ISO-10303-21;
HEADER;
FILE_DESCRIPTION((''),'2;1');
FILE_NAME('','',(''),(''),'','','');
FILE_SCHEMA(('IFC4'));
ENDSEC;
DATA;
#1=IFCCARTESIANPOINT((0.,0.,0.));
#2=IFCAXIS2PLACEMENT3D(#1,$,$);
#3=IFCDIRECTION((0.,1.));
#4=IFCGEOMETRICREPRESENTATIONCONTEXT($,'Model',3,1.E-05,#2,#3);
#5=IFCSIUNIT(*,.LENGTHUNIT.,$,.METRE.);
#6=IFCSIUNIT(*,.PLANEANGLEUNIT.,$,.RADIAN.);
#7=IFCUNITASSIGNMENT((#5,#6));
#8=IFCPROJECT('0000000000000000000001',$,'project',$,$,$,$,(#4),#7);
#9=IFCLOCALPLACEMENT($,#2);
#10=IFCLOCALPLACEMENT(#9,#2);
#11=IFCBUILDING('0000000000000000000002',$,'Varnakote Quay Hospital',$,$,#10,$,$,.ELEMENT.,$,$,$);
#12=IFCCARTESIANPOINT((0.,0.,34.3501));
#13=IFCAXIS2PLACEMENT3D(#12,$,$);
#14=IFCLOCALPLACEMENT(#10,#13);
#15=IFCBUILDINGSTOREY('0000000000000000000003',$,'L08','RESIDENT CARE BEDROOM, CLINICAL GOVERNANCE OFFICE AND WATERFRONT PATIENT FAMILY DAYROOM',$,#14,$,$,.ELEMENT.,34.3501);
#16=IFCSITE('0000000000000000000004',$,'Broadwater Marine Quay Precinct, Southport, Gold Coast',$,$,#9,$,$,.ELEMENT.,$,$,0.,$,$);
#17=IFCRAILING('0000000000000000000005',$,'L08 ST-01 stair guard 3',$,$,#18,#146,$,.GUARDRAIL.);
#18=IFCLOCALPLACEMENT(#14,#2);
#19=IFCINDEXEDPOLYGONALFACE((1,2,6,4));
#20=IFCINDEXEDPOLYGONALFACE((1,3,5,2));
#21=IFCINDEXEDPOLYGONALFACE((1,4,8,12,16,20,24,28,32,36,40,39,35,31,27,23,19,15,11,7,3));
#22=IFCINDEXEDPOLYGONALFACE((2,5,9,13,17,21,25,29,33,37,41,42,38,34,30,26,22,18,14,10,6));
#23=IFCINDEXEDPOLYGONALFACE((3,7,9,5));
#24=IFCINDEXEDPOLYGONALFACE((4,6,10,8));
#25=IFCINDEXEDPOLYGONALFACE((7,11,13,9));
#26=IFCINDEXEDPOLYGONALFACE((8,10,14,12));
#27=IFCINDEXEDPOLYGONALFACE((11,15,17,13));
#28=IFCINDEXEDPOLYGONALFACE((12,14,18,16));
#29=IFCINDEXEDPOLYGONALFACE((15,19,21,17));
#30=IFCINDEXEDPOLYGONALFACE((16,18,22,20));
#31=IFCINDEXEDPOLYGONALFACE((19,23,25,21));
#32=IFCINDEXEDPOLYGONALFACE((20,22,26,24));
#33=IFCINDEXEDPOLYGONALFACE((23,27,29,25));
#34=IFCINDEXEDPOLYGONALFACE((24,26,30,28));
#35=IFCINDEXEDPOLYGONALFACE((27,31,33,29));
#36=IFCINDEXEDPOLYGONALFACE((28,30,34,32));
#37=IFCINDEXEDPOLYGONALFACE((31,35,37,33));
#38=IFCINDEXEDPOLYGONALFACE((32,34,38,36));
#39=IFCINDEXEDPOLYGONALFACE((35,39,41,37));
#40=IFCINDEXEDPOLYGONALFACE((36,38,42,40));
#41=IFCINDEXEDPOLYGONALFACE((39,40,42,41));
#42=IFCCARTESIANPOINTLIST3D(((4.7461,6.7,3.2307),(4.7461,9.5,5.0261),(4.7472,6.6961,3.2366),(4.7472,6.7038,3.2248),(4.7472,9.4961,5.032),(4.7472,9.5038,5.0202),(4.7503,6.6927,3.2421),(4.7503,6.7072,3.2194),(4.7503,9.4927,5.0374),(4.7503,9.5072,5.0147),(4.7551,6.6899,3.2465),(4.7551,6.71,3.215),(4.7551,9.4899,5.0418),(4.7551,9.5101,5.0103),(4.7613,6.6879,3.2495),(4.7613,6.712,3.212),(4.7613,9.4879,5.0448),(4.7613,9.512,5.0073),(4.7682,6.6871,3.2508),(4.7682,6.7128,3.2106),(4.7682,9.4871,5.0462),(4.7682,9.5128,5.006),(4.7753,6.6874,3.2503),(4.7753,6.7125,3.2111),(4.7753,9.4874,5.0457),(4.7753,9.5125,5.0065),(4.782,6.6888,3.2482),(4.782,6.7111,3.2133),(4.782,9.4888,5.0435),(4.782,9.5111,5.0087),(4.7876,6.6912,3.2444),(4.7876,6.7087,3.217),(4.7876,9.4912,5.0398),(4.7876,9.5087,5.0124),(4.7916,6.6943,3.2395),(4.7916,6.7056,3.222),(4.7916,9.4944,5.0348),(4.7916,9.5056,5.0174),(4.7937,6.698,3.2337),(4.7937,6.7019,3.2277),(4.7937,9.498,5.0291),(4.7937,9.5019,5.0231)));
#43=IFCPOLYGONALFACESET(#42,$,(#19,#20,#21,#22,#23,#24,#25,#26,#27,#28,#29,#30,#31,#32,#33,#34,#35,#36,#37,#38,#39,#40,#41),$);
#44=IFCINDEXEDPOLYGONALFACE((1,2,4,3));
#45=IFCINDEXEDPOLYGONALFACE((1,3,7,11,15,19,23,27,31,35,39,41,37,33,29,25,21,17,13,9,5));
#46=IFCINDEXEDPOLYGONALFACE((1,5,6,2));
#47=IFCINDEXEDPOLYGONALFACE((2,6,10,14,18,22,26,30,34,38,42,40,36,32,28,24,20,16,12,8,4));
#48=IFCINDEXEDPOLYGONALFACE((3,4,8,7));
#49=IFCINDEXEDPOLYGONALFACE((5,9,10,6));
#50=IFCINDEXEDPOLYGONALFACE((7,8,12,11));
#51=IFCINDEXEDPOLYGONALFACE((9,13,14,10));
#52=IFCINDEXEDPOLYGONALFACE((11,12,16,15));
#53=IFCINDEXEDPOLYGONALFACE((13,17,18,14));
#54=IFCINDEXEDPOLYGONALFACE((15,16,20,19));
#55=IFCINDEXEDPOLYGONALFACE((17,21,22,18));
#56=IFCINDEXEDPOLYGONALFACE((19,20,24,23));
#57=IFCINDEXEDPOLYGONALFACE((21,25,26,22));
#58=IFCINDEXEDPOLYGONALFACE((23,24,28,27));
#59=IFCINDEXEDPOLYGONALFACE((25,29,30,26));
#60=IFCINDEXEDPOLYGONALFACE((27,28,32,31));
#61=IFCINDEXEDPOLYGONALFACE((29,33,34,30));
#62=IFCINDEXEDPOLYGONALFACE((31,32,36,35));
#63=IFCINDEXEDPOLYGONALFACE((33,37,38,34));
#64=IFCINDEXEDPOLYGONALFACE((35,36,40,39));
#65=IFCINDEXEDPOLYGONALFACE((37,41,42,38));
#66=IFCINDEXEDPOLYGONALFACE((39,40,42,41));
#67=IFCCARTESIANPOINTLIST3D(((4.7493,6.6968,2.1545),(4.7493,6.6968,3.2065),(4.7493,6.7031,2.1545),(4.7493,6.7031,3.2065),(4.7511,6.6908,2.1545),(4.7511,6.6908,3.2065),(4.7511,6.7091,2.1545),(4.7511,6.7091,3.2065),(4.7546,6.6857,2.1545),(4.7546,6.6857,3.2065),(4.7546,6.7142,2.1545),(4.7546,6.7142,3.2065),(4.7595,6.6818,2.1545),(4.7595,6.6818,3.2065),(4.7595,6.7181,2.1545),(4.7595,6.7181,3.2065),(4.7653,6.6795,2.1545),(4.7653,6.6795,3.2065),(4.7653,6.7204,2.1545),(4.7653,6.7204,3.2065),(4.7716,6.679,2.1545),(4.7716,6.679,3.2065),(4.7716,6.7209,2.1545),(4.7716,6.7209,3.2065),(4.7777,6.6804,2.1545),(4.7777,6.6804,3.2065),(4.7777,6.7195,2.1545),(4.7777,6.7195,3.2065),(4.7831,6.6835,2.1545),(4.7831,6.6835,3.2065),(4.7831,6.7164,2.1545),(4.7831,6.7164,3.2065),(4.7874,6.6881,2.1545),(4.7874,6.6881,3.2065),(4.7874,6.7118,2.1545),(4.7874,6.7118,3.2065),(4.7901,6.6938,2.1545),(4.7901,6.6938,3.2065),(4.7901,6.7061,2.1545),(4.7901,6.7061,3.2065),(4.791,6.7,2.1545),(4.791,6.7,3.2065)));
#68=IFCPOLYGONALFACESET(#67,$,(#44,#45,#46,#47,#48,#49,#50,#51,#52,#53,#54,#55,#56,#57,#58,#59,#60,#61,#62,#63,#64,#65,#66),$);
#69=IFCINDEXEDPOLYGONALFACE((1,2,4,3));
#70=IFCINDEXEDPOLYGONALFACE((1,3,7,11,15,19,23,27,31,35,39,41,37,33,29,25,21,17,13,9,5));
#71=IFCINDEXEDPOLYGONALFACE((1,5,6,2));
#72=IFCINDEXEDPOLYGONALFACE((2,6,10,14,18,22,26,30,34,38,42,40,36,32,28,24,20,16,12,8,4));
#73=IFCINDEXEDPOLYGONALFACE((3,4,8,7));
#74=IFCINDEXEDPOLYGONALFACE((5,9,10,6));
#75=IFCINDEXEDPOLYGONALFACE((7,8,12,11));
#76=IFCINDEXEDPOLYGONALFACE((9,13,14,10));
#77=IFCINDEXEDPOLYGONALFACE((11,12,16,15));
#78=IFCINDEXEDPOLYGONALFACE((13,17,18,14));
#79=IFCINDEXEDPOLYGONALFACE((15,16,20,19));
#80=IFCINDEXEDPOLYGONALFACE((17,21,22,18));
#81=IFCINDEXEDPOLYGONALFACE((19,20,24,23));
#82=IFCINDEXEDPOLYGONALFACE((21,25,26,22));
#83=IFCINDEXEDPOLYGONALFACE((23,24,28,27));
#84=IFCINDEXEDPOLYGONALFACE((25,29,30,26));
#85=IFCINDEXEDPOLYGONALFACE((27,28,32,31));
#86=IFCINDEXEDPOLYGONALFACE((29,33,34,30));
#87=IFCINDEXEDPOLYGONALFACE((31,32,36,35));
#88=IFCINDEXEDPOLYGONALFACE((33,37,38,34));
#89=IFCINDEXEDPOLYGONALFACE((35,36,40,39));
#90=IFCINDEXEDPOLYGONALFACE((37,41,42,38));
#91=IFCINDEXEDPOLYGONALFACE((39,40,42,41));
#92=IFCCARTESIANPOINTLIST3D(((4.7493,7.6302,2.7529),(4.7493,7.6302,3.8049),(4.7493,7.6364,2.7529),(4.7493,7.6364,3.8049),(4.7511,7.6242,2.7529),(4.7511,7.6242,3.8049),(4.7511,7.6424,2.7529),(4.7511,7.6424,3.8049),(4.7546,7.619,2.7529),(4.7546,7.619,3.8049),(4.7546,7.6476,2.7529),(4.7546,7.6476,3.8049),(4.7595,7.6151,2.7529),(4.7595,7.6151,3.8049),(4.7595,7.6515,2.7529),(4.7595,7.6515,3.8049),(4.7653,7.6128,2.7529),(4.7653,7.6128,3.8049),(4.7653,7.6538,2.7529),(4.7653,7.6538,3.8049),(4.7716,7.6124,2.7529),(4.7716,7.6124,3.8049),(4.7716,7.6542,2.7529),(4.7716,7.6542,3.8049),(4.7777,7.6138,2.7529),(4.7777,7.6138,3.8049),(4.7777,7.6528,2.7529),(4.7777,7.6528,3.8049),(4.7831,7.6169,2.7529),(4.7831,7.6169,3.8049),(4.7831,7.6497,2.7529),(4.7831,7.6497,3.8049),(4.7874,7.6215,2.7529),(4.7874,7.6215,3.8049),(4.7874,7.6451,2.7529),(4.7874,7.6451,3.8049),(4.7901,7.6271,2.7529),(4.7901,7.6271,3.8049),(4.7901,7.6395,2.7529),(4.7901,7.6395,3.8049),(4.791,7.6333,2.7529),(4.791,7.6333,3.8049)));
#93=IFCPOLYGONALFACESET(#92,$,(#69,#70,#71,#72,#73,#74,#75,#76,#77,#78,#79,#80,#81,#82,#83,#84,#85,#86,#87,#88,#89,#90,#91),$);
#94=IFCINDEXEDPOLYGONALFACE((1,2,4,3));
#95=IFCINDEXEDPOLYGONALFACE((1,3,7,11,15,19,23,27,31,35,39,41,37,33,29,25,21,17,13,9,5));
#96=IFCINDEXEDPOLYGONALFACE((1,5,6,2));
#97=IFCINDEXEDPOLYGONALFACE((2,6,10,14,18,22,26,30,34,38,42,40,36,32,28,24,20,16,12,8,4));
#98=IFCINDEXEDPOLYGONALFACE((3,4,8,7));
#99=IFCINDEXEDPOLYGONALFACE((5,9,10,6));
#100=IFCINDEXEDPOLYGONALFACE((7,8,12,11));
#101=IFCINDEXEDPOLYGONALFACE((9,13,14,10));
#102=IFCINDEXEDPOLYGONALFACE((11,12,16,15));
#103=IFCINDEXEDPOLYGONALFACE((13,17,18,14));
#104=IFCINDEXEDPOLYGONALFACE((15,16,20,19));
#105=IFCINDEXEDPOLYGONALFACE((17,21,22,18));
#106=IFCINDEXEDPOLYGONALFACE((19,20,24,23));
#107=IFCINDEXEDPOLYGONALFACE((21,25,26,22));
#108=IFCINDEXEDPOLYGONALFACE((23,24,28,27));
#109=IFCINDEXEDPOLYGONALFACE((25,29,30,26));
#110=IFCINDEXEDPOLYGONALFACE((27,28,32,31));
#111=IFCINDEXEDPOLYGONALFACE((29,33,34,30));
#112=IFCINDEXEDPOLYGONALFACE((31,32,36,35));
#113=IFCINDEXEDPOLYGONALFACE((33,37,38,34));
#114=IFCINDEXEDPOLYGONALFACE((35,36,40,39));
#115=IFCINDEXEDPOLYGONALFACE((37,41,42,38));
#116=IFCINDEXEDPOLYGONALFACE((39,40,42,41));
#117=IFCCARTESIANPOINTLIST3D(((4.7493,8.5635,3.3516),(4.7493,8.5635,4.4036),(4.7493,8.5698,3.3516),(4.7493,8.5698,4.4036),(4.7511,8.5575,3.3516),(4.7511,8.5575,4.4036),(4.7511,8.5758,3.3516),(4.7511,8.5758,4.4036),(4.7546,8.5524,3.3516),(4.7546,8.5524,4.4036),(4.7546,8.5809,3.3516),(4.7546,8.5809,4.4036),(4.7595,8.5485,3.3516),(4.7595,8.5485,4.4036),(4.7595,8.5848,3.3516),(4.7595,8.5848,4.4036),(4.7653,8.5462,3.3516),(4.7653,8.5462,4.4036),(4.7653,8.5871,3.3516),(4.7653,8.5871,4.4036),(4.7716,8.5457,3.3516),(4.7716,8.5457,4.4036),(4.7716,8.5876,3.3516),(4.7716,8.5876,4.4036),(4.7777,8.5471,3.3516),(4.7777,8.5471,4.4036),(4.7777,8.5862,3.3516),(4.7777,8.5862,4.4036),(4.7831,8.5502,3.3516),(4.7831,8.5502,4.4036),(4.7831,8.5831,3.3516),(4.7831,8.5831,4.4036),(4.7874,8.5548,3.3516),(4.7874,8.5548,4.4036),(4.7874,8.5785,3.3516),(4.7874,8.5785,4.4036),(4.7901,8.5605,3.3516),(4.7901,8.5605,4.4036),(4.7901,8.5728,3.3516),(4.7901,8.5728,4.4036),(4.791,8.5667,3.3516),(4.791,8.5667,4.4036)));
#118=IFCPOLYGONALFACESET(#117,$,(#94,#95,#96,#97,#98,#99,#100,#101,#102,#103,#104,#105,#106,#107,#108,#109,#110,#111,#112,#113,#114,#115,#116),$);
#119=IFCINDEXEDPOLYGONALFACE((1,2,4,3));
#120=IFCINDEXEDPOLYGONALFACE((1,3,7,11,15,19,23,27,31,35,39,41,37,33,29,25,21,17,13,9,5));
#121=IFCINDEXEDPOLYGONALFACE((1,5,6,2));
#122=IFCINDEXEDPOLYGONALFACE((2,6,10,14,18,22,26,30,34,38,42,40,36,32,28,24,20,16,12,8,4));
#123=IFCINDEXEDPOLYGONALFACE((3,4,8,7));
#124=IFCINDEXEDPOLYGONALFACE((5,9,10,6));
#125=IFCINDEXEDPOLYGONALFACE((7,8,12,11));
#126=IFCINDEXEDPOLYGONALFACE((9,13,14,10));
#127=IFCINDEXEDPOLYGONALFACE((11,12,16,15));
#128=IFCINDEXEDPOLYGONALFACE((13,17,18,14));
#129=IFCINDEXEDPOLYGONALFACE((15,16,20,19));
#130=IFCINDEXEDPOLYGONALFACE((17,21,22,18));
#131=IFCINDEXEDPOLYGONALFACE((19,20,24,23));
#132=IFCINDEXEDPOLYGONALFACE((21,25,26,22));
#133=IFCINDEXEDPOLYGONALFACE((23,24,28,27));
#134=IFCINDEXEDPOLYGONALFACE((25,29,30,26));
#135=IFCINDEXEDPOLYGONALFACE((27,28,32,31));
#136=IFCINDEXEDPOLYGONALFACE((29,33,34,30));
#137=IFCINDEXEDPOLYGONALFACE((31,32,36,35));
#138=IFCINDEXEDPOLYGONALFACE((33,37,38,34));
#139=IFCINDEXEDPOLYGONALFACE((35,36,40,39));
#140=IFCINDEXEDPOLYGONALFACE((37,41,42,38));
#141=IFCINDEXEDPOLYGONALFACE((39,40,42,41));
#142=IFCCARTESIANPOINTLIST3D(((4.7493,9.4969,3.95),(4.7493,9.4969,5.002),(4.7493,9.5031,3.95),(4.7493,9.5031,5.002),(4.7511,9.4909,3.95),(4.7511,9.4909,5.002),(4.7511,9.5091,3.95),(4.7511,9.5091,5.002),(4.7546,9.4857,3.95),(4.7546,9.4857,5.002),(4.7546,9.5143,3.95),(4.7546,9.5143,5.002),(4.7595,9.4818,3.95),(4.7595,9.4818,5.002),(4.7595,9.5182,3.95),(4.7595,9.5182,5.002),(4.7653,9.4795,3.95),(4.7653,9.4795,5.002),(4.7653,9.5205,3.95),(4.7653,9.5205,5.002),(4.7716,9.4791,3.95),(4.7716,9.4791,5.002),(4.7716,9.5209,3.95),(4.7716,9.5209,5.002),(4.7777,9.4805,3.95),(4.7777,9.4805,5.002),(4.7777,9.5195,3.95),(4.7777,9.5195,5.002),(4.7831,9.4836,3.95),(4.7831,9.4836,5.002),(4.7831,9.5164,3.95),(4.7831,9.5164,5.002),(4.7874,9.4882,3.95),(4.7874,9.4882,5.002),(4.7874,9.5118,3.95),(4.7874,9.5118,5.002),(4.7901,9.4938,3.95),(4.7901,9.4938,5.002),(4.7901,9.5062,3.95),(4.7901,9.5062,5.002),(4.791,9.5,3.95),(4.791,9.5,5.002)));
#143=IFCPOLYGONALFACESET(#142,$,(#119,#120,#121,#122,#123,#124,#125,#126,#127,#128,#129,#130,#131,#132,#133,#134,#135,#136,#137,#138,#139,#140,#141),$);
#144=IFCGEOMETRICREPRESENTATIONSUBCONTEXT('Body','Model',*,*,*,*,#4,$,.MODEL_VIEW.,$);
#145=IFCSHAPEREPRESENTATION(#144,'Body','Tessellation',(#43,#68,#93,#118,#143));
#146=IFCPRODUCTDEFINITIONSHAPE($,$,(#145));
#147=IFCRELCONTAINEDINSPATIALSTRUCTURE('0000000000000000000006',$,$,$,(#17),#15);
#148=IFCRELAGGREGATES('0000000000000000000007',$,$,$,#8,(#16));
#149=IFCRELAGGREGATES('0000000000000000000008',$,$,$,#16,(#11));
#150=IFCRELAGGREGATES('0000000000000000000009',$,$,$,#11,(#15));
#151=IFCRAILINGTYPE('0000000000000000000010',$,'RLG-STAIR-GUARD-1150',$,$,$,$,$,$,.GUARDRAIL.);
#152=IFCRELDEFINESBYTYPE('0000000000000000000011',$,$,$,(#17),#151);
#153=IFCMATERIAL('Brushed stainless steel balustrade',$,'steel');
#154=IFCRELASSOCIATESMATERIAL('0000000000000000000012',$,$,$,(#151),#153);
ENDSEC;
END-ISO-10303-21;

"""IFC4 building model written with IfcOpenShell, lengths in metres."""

from ifc_helpers import new_model, si_unit, direction, frame, origin, origin_2d, place, context, subcontext, project, spatial, circle, extrude, material, type_object, element, save


model = new_model("IFC4")

# Units and contexts
model_context = context("Model", 3, precision=1e-05, world=origin(), true_north=direction((0.0, 1.0)))
body_context = subcontext(model_context, "Body", "Model", "MODEL_VIEW")
ifc_project = project(units=[si_unit("LENGTHUNIT", "METRE"), si_unit("PLANEANGLEUNIT", "RADIAN")], contexts=[model_context])

# Site, building, storey
site_placement = place(None, origin())
site = spatial("IfcSite", under=ifc_project, at=site_placement, Name="Broadwater Marine Quay Precinct, Southport, Gold Coast", CompositionType="ELEMENT", RefElevation=0.0)
building_placement = place(site_placement, origin())
building = spatial("IfcBuilding", under=site, at=building_placement, Name="Varnakote Quay Hospital", CompositionType="ELEMENT")
storey_placement = place(building_placement, frame((0.0, 0.0, 34.3501)))
storey = spatial("IfcBuildingStorey", under=building, at=storey_placement, Name="L08", Description="RESIDENT CARE BEDROOM, CLINICAL GOVERNANCE OFFICE AND WATERFRONT PATIENT FAMILY DAYROOM", CompositionType="ELEMENT", Elevation=34.3501)

# Railing
ifc_material_1 = material(Name="Brushed stainless steel balustrade", Category="steel")
railing_type_1 = type_object("IfcRailingType", Name="RLG-STAIR-GUARD-1150", PredefinedType="GUARDRAIL", material=ifc_material_1)
railing_1_placement = place(storey_placement, frame((4.77, 6.7, 2.1545)))
element("IfcRailing", 1, at=railing_1_placement, inside=storey, type_object=railing_type_1, Name="L08 ST-01 stair guard 3", PredefinedType="GUARDRAIL", context=body_context, shape_type="SweptSolid", body=[
    extrude(circle(Radius=0.0239, at=origin_2d()), frame((0.0, 0.0, 1.0762), z_axis=(0.0, 0.84181, 0.539774), x_axis=(-1.0, 0.0, 0.0)), (0.0, 0.0, 1.0), 3.3262),
    extrude(circle(Radius=0.021, at=origin_2d()), origin(), (0.0, 0.0, 1.0), 1.052),
    extrude(circle(Radius=0.021, at=origin_2d()), frame((0.0, 0.9333, 0.5984)), (0.0, 0.0, 1.0), 1.052),
    extrude(circle(Radius=0.021, at=origin_2d()), frame((0.0, 1.8667, 1.197)), (0.0, 0.0, 1.0), 1.052),
    extrude(circle(Radius=0.021, at=origin_2d()), frame((0.0, 2.8, 1.7954)), (0.0, 0.0, 1.0), 1.052),
])

save(model, "model.ifc")
